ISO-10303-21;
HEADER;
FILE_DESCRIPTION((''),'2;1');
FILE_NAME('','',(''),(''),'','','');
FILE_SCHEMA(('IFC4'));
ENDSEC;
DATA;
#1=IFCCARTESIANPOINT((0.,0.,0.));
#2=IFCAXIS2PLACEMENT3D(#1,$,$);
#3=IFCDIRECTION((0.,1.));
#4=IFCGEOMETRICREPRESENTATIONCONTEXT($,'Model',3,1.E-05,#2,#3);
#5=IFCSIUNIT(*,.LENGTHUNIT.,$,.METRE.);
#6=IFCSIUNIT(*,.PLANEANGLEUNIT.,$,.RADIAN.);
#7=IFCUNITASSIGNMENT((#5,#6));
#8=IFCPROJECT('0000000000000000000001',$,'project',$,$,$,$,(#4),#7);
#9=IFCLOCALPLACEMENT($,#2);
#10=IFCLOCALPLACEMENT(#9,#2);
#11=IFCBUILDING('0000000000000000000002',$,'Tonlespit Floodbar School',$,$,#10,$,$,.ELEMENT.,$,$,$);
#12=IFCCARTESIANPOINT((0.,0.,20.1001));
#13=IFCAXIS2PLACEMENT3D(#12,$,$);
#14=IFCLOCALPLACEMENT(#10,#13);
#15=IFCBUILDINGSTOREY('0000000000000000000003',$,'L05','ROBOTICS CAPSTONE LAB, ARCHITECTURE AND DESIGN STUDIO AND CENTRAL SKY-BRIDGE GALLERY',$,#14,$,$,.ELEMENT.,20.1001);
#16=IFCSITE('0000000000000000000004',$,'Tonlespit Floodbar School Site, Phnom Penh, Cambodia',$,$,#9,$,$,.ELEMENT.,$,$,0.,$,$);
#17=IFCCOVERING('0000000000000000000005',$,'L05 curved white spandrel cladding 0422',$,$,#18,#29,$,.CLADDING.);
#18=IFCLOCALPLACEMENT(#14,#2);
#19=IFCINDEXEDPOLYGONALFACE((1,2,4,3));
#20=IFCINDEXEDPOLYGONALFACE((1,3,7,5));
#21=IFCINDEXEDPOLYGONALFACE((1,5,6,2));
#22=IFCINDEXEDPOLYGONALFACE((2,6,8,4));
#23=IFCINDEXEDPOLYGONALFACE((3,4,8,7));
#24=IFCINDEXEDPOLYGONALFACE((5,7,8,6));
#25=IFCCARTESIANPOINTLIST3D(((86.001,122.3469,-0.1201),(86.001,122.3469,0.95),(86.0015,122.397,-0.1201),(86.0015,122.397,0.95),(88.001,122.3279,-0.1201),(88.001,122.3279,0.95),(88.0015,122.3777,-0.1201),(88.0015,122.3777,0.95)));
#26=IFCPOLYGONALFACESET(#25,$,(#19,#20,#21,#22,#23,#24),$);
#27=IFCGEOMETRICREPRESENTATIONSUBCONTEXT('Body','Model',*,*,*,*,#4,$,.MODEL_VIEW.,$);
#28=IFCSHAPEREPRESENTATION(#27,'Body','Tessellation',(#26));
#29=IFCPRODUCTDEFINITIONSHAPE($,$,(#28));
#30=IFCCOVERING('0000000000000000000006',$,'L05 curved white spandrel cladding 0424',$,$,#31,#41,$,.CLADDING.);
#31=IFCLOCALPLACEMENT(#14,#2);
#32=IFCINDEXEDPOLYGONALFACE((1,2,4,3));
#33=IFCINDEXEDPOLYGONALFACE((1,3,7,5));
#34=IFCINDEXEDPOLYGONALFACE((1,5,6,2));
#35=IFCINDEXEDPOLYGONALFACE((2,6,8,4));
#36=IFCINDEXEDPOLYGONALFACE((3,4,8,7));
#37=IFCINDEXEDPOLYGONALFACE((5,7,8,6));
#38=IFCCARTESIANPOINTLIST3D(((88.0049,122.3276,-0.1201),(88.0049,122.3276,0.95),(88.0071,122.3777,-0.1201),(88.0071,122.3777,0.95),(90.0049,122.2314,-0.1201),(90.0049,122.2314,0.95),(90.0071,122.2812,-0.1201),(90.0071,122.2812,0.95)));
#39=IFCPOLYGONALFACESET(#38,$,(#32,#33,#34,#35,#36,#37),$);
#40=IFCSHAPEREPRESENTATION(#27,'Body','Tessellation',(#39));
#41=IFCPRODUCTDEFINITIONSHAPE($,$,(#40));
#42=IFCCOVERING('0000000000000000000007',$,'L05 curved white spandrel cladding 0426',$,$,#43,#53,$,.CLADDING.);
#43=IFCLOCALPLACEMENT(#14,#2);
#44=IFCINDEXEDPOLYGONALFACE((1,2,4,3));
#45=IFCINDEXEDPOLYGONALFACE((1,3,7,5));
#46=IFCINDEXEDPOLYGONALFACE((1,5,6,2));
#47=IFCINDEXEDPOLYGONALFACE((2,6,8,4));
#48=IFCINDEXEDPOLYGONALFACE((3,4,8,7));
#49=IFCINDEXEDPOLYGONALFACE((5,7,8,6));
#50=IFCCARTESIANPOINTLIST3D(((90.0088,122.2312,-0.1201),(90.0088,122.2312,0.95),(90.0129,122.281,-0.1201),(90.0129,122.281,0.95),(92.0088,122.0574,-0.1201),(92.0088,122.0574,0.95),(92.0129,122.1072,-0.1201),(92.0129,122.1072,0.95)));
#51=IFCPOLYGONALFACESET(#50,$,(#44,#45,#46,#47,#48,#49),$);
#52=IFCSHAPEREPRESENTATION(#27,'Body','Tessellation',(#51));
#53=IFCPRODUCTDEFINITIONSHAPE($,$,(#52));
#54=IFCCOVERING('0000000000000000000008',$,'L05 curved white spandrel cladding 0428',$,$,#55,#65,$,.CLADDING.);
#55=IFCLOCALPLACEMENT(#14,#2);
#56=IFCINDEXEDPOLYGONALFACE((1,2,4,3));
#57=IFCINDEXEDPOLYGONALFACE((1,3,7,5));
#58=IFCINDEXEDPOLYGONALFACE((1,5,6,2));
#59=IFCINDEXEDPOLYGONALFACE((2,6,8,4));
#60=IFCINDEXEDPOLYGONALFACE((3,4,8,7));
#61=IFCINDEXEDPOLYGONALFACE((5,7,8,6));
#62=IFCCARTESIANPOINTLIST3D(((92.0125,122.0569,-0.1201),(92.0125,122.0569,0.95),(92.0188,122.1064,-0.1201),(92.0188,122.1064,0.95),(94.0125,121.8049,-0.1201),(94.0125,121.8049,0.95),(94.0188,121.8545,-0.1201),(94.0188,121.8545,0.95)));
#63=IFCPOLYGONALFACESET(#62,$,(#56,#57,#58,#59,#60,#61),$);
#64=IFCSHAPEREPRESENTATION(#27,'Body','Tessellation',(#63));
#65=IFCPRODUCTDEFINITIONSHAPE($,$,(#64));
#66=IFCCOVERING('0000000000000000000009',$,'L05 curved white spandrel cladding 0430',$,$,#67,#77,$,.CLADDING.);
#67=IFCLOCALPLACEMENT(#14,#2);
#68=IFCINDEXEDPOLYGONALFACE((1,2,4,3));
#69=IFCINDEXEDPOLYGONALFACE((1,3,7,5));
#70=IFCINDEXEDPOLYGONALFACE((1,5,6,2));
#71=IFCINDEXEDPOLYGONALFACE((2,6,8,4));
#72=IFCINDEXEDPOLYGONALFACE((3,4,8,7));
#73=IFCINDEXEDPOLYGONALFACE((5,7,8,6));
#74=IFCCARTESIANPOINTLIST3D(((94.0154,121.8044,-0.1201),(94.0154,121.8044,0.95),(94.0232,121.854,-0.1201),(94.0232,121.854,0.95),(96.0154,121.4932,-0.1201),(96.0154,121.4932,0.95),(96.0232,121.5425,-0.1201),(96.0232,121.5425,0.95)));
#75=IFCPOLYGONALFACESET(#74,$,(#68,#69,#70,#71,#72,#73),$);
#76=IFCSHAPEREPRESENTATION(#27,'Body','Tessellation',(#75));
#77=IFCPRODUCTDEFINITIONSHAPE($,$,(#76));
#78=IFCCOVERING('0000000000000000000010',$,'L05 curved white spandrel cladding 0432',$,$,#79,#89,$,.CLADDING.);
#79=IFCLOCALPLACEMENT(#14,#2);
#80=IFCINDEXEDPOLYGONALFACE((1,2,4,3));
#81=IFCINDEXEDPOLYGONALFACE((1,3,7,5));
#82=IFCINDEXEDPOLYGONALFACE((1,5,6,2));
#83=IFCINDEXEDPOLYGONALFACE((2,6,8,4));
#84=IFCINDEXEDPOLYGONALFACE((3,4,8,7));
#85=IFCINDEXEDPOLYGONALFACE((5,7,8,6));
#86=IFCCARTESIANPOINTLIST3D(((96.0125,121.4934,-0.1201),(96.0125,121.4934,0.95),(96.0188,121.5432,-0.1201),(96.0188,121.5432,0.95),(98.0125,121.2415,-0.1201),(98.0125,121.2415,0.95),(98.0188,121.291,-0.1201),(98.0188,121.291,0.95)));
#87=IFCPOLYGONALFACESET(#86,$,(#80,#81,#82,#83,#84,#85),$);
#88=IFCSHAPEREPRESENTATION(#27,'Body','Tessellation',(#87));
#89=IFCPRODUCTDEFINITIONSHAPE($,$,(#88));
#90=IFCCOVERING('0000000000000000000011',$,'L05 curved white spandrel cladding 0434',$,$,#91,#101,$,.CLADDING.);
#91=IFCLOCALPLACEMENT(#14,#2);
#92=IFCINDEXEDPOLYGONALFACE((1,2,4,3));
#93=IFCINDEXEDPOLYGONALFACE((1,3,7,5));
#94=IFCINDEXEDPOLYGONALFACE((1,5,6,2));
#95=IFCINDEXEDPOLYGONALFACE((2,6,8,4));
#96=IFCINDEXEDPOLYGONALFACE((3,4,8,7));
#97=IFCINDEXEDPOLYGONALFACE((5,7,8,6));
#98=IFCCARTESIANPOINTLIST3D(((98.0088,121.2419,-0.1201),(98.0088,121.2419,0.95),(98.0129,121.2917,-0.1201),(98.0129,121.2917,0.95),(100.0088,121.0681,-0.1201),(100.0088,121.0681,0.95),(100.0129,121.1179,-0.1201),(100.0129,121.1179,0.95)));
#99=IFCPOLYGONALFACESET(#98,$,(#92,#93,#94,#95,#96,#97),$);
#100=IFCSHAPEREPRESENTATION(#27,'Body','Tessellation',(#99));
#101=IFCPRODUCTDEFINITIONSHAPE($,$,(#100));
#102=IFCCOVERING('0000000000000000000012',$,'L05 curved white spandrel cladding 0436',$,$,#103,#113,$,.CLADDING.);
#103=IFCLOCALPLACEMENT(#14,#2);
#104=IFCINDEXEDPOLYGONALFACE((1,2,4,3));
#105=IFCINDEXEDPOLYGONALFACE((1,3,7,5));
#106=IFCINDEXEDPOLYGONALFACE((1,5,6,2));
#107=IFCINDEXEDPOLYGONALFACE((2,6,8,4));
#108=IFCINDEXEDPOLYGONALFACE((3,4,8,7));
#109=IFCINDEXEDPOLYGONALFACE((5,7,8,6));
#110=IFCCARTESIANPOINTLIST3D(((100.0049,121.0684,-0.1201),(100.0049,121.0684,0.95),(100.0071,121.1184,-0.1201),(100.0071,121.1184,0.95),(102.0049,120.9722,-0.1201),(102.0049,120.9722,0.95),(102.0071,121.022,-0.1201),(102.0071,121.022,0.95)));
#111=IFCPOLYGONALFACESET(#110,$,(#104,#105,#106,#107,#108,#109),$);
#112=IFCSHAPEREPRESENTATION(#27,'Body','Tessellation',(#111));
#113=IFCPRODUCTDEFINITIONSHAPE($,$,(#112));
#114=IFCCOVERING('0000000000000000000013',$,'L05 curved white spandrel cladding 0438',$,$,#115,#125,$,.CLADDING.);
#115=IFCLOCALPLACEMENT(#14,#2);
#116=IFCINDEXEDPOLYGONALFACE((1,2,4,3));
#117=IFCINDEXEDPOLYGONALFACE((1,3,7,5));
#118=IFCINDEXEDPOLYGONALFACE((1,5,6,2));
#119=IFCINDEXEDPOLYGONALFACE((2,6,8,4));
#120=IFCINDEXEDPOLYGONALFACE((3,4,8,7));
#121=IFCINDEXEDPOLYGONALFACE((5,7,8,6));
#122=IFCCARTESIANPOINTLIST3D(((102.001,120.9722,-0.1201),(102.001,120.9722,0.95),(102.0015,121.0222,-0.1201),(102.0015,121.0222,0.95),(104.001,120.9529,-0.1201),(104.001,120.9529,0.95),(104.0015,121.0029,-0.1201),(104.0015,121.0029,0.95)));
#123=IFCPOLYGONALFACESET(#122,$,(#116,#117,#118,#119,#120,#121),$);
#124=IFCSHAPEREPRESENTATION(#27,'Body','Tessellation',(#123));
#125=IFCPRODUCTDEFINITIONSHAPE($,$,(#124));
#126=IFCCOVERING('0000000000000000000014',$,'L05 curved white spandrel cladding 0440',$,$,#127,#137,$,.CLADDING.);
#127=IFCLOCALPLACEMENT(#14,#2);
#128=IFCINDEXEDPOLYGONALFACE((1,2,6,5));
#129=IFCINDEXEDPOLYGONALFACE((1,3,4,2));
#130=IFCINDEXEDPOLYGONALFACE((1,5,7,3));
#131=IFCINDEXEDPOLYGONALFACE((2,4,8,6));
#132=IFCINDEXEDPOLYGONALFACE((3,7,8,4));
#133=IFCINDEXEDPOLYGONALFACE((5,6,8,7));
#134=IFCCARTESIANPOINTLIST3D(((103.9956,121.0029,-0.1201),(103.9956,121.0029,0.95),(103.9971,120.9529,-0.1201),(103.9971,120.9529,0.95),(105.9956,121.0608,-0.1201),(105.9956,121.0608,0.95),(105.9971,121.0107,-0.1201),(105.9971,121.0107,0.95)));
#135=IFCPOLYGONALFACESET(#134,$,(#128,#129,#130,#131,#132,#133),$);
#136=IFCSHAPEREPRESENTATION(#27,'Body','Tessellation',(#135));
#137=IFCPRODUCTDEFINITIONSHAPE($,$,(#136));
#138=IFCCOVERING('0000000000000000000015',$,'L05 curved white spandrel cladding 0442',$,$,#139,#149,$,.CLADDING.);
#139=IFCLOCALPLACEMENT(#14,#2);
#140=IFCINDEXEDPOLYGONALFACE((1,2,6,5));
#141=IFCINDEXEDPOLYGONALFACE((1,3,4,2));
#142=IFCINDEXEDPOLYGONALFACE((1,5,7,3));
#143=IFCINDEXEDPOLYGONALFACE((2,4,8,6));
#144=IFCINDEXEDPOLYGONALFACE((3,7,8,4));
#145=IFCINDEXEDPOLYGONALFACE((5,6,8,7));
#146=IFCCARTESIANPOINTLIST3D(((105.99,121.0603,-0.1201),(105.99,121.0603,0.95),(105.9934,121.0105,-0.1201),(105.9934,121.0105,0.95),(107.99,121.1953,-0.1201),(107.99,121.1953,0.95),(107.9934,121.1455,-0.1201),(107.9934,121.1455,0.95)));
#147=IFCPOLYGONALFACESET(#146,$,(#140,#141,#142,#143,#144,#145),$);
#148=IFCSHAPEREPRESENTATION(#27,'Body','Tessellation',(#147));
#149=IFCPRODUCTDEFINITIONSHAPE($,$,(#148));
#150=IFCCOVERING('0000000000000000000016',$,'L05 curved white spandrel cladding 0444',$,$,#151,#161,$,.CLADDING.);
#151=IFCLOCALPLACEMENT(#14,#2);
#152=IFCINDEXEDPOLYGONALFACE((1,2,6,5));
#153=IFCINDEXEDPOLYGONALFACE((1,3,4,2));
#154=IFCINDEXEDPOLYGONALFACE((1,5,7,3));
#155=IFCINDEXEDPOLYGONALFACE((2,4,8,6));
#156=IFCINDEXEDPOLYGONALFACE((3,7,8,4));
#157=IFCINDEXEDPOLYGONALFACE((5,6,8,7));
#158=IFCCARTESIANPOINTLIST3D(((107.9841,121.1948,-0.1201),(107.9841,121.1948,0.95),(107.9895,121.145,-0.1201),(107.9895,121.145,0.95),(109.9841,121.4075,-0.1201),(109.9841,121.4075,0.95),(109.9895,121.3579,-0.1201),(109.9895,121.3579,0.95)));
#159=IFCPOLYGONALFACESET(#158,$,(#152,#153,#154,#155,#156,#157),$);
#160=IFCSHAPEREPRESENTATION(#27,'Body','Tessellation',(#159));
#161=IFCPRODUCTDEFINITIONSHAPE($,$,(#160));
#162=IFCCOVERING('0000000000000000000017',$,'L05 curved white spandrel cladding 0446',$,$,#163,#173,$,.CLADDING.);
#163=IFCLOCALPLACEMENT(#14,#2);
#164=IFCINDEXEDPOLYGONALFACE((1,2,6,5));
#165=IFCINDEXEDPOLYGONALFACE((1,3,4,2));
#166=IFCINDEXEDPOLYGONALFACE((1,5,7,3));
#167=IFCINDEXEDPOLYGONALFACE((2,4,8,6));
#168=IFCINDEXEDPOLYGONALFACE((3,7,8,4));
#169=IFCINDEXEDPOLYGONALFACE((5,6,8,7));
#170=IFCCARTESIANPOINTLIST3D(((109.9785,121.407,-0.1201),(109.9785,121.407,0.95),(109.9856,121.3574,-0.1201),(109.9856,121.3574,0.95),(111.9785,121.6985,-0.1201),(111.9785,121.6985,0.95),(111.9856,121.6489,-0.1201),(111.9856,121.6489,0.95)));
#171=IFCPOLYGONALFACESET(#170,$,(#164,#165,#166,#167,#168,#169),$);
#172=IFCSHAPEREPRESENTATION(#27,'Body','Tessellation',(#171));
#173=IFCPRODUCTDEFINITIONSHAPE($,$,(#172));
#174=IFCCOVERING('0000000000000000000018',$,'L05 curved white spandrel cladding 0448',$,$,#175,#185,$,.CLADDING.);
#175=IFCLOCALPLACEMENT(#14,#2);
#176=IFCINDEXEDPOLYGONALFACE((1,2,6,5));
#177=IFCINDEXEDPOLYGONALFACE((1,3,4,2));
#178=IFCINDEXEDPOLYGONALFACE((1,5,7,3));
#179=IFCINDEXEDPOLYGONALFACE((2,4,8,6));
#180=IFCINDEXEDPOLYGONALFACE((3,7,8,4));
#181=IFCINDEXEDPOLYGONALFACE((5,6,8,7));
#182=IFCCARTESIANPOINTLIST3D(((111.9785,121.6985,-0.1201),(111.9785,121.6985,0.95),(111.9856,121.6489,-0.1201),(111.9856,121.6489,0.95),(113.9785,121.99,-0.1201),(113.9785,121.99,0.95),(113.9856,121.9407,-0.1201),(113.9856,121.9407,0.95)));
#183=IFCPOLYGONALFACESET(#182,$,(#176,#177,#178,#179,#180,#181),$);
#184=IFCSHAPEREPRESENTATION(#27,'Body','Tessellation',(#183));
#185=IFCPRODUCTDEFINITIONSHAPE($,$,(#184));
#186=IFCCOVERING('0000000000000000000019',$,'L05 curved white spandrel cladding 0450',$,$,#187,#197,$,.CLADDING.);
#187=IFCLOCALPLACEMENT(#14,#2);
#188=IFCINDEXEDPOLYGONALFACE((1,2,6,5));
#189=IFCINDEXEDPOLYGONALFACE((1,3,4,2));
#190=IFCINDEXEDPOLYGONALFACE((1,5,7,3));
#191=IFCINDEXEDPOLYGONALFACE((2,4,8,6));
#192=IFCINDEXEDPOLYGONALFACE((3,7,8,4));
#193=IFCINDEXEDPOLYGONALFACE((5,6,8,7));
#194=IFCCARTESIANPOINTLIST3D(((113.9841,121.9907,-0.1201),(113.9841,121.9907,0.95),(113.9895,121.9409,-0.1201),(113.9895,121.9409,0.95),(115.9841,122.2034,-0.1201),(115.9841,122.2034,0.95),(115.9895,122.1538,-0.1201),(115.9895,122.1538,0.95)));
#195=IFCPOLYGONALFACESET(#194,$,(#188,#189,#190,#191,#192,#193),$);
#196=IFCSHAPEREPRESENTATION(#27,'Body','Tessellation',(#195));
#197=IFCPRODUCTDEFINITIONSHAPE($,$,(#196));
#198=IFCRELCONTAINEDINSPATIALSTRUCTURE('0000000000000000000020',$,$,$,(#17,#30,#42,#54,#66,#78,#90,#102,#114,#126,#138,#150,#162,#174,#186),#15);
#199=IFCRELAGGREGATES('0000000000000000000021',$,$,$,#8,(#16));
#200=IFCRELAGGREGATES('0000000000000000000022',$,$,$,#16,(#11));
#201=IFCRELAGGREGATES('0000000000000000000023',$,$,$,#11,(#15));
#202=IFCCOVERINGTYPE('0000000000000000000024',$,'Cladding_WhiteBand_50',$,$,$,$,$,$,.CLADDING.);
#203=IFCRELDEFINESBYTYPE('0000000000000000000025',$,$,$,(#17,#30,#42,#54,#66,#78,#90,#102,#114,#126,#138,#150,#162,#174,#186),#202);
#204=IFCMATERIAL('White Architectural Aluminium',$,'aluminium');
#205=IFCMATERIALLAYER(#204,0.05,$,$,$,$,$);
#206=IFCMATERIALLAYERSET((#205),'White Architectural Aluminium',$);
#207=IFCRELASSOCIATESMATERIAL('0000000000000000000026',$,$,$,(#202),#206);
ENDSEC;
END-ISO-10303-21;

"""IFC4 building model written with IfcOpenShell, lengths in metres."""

from ifc_helpers import new_model, si_unit, direction, frame, origin, place, context, subcontext, project, spatial, polyline, outline, extrude, material, layer, layer_set, type_object, element, save


model = new_model("IFC4")

# Units and contexts
model_context = context("Model", 3, precision=1e-05, world=origin(), true_north=direction((0.0, 1.0)))
body_context = subcontext(model_context, "Body", "Model", "MODEL_VIEW")
ifc_project = project(units=[si_unit("LENGTHUNIT", "METRE"), si_unit("PLANEANGLEUNIT", "RADIAN")], contexts=[model_context])

# Site, building, storey
site_placement = place(None, origin())
site = spatial("IfcSite", under=ifc_project, at=site_placement, Name="Tonlespit Floodbar School Site, Phnom Penh, Cambodia", CompositionType="ELEMENT", RefElevation=0.0)
building_placement = place(site_placement, origin())
building = spatial("IfcBuilding", under=site, at=building_placement, Name="Tonlespit Floodbar School", CompositionType="ELEMENT")
storey_placement = place(building_placement, frame((0.0, 0.0, 20.1001)))
storey = spatial("IfcBuildingStorey", under=building, at=storey_placement, Name="L05", Description="ROBOTICS CAPSTONE LAB, ARCHITECTURE AND DESIGN STUDIO AND CENTRAL SKY-BRIDGE GALLERY", CompositionType="ELEMENT", Elevation=20.1001)

# Coverings
ifc_material = material(Name="White Architectural Aluminium", Category="aluminium")
ifc_layer = layer(ifc_material, 0.05)
ifc_layer_set = layer_set([ifc_layer], Name="White Architectural Aluminium")
covering_type = type_object("IfcCoveringType", Name="Cladding_WhiteBand_50", PredefinedType="CLADDING", material=ifc_layer_set)
covering_1_placement = place(storey_placement, frame((0.0, 0.0, -0.1201)))
element("IfcCovering", 1, at=covering_1_placement, inside=storey, type_object=covering_type, Name="L05 curved white spandrel cladding 0422", PredefinedType="CLADDING", context=body_context, shape_type="SweptSolid", body=[
    extrude(outline(polyline([(86.001, 122.3469), (88.001, 122.3279), (88.0015, 122.3777), (86.0015, 122.397), (86.001, 122.3469)])), origin(), (0.0, 0.0, 1.0), 1.0701),
])
covering_2_placement = place(storey_placement, frame((0.0, 0.0, -0.1201)))
element("IfcCovering", 2, at=covering_2_placement, inside=storey, type_object=covering_type, Name="L05 curved white spandrel cladding 0424", PredefinedType="CLADDING", context=body_context, shape_type="SweptSolid", body=[
    extrude(outline(polyline([(88.0049, 122.3276), (90.0049, 122.2314), (90.0071, 122.2812), (88.0071, 122.3777), (88.0049, 122.3276)])), origin(), (0.0, 0.0, 1.0), 1.0701),
])
covering_3_placement = place(storey_placement, frame((0.0, 0.0, -0.1201)))
element("IfcCovering", 3, at=covering_3_placement, inside=storey, type_object=covering_type, Name="L05 curved white spandrel cladding 0426", PredefinedType="CLADDING", context=body_context, shape_type="SweptSolid", body=[
    extrude(outline(polyline([(90.0088, 122.2312), (92.0088, 122.0574), (92.0129, 122.1072), (90.0129, 122.281), (90.0088, 122.2312)])), origin(), (0.0, 0.0, 1.0), 1.0701),
])
covering_4_placement = place(storey_placement, frame((0.0, 0.0, -0.1201)))
element("IfcCovering", 4, at=covering_4_placement, inside=storey, type_object=covering_type, Name="L05 curved white spandrel cladding 0428", PredefinedType="CLADDING", context=body_context, shape_type="SweptSolid", body=[
    extrude(outline(polyline([(92.0125, 122.0569), (94.0125, 121.8049), (94.0188, 121.8545), (92.0188, 122.1064), (92.0125, 122.0569)])), origin(), (0.0, 0.0, 1.0), 1.0701),
])
covering_5_placement = place(storey_placement, frame((0.0, 0.0, -0.1201)))
element("IfcCovering", 5, at=covering_5_placement, inside=storey, type_object=covering_type, Name="L05 curved white spandrel cladding 0430", PredefinedType="CLADDING", context=body_context, shape_type="SweptSolid", body=[
    extrude(outline(polyline([(94.0154, 121.8044), (96.0154, 121.4932), (96.0232, 121.5425), (94.0232, 121.854), (94.0154, 121.8044)])), origin(), (0.0, 0.0, 1.0), 1.0701),
])
covering_6_placement = place(storey_placement, frame((0.0, 0.0, -0.1201)))
element("IfcCovering", 6, at=covering_6_placement, inside=storey, type_object=covering_type, Name="L05 curved white spandrel cladding 0432", PredefinedType="CLADDING", context=body_context, shape_type="SweptSolid", body=[
    extrude(outline(polyline([(96.0125, 121.4934), (98.0125, 121.2415), (98.0188, 121.291), (96.0188, 121.5432), (96.0125, 121.4934)])), origin(), (0.0, 0.0, 1.0), 1.0701),
])
covering_7_placement = place(storey_placement, frame((0.0, 0.0, -0.1201)))
element("IfcCovering", 7, at=covering_7_placement, inside=storey, type_object=covering_type, Name="L05 curved white spandrel cladding 0434", PredefinedType="CLADDING", context=body_context, shape_type="SweptSolid", body=[
    extrude(outline(polyline([(98.0088, 121.2419), (100.0088, 121.0681), (100.0129, 121.1179), (98.0129, 121.2917), (98.0088, 121.2419)])), origin(), (0.0, 0.0, 1.0), 1.0701),
])
covering_8_placement = place(storey_placement, frame((0.0, 0.0, -0.1201)))
element("IfcCovering", 8, at=covering_8_placement, inside=storey, type_object=covering_type, Name="L05 curved white spandrel cladding 0436", PredefinedType="CLADDING", context=body_context, shape_type="SweptSolid", body=[
    extrude(outline(polyline([(100.0049, 121.0684), (102.0049, 120.9722), (102.0071, 121.022), (100.0071, 121.1184), (100.0049, 121.0684)])), origin(), (0.0, 0.0, 1.0), 1.0701),
])
covering_9_placement = place(storey_placement, frame((0.0, 0.0, -0.1201)))
element("IfcCovering", 9, at=covering_9_placement, inside=storey, type_object=covering_type, Name="L05 curved white spandrel cladding 0438", PredefinedType="CLADDING", context=body_context, shape_type="SweptSolid", body=[
    extrude(outline(polyline([(102.001, 120.9722), (104.001, 120.9529), (104.0015, 121.0029), (102.0015, 121.0222), (102.001, 120.9722)])), origin(), (0.0, 0.0, 1.0), 1.0701),
])
covering_10_placement = place(storey_placement, frame((0.0, 0.0, -0.1201)))
element("IfcCovering", 10, at=covering_10_placement, inside=storey, type_object=covering_type, Name="L05 curved white spandrel cladding 0440", PredefinedType="CLADDING", context=body_context, shape_type="SweptSolid", body=[
    extrude(outline(polyline([(103.9971, 120.9529), (105.9971, 121.0107), (105.9956, 121.0608), (103.9956, 121.0029), (103.9971, 120.9529)])), origin(), (0.0, 0.0, 1.0), 1.0701),
])
covering_11_placement = place(storey_placement, frame((0.0, 0.0, -0.1201)))
element("IfcCovering", 11, at=covering_11_placement, inside=storey, type_object=covering_type, Name="L05 curved white spandrel cladding 0442", PredefinedType="CLADDING", context=body_context, shape_type="SweptSolid", body=[
    extrude(outline(polyline([(105.9934, 121.0105), (107.9934, 121.1455), (107.99, 121.1953), (105.99, 121.0603), (105.9934, 121.0105)])), origin(), (0.0, 0.0, 1.0), 1.0701),
])
covering_12_placement = place(storey_placement, frame((0.0, 0.0, -0.1201)))
element("IfcCovering", 12, at=covering_12_placement, inside=storey, type_object=covering_type, Name="L05 curved white spandrel cladding 0444", PredefinedType="CLADDING", context=body_context, shape_type="SweptSolid", body=[
    extrude(outline(polyline([(107.9895, 121.145), (109.9895, 121.3579), (109.9841, 121.4075), (107.9841, 121.1948), (107.9895, 121.145)])), origin(), (0.0, 0.0, 1.0), 1.0701),
])
covering_13_placement = place(storey_placement, frame((0.0, 0.0, -0.1201)))
element("IfcCovering", 13, at=covering_13_placement, inside=storey, type_object=covering_type, Name="L05 curved white spandrel cladding 0446", PredefinedType="CLADDING", context=body_context, shape_type="SweptSolid", body=[
    extrude(outline(polyline([(109.9856, 121.3574), (111.9856, 121.6489), (111.9785, 121.6985), (109.9785, 121.407), (109.9856, 121.3574)])), origin(), (0.0, 0.0, 1.0), 1.0701),
])
covering_14_placement = place(storey_placement, frame((0.0, 0.0, -0.1201)))
element("IfcCovering", 14, at=covering_14_placement, inside=storey, type_object=covering_type, Name="L05 curved white spandrel cladding 0448", PredefinedType="CLADDING", context=body_context, shape_type="SweptSolid", body=[
    extrude(outline(polyline([(111.9856, 121.6489), (113.9856, 121.9407), (113.9785, 121.99), (111.9785, 121.6985), (111.9856, 121.6489)])), origin(), (0.0, 0.0, 1.0), 1.0701),
])
covering_15_placement = place(storey_placement, frame((0.0, 0.0, -0.1201)))
element("IfcCovering", 15, at=covering_15_placement, inside=storey, type_object=covering_type, Name="L05 curved white spandrel cladding 0450", PredefinedType="CLADDING", context=body_context, shape_type="SweptSolid", body=[
    extrude(outline(polyline([(113.9895, 121.9409), (115.9895, 122.1538), (115.9841, 122.2034), (113.9841, 121.9907), (113.9895, 121.9409)])), origin(), (0.0, 0.0, 1.0), 1.0701),
])

save(model, "model.ifc")
